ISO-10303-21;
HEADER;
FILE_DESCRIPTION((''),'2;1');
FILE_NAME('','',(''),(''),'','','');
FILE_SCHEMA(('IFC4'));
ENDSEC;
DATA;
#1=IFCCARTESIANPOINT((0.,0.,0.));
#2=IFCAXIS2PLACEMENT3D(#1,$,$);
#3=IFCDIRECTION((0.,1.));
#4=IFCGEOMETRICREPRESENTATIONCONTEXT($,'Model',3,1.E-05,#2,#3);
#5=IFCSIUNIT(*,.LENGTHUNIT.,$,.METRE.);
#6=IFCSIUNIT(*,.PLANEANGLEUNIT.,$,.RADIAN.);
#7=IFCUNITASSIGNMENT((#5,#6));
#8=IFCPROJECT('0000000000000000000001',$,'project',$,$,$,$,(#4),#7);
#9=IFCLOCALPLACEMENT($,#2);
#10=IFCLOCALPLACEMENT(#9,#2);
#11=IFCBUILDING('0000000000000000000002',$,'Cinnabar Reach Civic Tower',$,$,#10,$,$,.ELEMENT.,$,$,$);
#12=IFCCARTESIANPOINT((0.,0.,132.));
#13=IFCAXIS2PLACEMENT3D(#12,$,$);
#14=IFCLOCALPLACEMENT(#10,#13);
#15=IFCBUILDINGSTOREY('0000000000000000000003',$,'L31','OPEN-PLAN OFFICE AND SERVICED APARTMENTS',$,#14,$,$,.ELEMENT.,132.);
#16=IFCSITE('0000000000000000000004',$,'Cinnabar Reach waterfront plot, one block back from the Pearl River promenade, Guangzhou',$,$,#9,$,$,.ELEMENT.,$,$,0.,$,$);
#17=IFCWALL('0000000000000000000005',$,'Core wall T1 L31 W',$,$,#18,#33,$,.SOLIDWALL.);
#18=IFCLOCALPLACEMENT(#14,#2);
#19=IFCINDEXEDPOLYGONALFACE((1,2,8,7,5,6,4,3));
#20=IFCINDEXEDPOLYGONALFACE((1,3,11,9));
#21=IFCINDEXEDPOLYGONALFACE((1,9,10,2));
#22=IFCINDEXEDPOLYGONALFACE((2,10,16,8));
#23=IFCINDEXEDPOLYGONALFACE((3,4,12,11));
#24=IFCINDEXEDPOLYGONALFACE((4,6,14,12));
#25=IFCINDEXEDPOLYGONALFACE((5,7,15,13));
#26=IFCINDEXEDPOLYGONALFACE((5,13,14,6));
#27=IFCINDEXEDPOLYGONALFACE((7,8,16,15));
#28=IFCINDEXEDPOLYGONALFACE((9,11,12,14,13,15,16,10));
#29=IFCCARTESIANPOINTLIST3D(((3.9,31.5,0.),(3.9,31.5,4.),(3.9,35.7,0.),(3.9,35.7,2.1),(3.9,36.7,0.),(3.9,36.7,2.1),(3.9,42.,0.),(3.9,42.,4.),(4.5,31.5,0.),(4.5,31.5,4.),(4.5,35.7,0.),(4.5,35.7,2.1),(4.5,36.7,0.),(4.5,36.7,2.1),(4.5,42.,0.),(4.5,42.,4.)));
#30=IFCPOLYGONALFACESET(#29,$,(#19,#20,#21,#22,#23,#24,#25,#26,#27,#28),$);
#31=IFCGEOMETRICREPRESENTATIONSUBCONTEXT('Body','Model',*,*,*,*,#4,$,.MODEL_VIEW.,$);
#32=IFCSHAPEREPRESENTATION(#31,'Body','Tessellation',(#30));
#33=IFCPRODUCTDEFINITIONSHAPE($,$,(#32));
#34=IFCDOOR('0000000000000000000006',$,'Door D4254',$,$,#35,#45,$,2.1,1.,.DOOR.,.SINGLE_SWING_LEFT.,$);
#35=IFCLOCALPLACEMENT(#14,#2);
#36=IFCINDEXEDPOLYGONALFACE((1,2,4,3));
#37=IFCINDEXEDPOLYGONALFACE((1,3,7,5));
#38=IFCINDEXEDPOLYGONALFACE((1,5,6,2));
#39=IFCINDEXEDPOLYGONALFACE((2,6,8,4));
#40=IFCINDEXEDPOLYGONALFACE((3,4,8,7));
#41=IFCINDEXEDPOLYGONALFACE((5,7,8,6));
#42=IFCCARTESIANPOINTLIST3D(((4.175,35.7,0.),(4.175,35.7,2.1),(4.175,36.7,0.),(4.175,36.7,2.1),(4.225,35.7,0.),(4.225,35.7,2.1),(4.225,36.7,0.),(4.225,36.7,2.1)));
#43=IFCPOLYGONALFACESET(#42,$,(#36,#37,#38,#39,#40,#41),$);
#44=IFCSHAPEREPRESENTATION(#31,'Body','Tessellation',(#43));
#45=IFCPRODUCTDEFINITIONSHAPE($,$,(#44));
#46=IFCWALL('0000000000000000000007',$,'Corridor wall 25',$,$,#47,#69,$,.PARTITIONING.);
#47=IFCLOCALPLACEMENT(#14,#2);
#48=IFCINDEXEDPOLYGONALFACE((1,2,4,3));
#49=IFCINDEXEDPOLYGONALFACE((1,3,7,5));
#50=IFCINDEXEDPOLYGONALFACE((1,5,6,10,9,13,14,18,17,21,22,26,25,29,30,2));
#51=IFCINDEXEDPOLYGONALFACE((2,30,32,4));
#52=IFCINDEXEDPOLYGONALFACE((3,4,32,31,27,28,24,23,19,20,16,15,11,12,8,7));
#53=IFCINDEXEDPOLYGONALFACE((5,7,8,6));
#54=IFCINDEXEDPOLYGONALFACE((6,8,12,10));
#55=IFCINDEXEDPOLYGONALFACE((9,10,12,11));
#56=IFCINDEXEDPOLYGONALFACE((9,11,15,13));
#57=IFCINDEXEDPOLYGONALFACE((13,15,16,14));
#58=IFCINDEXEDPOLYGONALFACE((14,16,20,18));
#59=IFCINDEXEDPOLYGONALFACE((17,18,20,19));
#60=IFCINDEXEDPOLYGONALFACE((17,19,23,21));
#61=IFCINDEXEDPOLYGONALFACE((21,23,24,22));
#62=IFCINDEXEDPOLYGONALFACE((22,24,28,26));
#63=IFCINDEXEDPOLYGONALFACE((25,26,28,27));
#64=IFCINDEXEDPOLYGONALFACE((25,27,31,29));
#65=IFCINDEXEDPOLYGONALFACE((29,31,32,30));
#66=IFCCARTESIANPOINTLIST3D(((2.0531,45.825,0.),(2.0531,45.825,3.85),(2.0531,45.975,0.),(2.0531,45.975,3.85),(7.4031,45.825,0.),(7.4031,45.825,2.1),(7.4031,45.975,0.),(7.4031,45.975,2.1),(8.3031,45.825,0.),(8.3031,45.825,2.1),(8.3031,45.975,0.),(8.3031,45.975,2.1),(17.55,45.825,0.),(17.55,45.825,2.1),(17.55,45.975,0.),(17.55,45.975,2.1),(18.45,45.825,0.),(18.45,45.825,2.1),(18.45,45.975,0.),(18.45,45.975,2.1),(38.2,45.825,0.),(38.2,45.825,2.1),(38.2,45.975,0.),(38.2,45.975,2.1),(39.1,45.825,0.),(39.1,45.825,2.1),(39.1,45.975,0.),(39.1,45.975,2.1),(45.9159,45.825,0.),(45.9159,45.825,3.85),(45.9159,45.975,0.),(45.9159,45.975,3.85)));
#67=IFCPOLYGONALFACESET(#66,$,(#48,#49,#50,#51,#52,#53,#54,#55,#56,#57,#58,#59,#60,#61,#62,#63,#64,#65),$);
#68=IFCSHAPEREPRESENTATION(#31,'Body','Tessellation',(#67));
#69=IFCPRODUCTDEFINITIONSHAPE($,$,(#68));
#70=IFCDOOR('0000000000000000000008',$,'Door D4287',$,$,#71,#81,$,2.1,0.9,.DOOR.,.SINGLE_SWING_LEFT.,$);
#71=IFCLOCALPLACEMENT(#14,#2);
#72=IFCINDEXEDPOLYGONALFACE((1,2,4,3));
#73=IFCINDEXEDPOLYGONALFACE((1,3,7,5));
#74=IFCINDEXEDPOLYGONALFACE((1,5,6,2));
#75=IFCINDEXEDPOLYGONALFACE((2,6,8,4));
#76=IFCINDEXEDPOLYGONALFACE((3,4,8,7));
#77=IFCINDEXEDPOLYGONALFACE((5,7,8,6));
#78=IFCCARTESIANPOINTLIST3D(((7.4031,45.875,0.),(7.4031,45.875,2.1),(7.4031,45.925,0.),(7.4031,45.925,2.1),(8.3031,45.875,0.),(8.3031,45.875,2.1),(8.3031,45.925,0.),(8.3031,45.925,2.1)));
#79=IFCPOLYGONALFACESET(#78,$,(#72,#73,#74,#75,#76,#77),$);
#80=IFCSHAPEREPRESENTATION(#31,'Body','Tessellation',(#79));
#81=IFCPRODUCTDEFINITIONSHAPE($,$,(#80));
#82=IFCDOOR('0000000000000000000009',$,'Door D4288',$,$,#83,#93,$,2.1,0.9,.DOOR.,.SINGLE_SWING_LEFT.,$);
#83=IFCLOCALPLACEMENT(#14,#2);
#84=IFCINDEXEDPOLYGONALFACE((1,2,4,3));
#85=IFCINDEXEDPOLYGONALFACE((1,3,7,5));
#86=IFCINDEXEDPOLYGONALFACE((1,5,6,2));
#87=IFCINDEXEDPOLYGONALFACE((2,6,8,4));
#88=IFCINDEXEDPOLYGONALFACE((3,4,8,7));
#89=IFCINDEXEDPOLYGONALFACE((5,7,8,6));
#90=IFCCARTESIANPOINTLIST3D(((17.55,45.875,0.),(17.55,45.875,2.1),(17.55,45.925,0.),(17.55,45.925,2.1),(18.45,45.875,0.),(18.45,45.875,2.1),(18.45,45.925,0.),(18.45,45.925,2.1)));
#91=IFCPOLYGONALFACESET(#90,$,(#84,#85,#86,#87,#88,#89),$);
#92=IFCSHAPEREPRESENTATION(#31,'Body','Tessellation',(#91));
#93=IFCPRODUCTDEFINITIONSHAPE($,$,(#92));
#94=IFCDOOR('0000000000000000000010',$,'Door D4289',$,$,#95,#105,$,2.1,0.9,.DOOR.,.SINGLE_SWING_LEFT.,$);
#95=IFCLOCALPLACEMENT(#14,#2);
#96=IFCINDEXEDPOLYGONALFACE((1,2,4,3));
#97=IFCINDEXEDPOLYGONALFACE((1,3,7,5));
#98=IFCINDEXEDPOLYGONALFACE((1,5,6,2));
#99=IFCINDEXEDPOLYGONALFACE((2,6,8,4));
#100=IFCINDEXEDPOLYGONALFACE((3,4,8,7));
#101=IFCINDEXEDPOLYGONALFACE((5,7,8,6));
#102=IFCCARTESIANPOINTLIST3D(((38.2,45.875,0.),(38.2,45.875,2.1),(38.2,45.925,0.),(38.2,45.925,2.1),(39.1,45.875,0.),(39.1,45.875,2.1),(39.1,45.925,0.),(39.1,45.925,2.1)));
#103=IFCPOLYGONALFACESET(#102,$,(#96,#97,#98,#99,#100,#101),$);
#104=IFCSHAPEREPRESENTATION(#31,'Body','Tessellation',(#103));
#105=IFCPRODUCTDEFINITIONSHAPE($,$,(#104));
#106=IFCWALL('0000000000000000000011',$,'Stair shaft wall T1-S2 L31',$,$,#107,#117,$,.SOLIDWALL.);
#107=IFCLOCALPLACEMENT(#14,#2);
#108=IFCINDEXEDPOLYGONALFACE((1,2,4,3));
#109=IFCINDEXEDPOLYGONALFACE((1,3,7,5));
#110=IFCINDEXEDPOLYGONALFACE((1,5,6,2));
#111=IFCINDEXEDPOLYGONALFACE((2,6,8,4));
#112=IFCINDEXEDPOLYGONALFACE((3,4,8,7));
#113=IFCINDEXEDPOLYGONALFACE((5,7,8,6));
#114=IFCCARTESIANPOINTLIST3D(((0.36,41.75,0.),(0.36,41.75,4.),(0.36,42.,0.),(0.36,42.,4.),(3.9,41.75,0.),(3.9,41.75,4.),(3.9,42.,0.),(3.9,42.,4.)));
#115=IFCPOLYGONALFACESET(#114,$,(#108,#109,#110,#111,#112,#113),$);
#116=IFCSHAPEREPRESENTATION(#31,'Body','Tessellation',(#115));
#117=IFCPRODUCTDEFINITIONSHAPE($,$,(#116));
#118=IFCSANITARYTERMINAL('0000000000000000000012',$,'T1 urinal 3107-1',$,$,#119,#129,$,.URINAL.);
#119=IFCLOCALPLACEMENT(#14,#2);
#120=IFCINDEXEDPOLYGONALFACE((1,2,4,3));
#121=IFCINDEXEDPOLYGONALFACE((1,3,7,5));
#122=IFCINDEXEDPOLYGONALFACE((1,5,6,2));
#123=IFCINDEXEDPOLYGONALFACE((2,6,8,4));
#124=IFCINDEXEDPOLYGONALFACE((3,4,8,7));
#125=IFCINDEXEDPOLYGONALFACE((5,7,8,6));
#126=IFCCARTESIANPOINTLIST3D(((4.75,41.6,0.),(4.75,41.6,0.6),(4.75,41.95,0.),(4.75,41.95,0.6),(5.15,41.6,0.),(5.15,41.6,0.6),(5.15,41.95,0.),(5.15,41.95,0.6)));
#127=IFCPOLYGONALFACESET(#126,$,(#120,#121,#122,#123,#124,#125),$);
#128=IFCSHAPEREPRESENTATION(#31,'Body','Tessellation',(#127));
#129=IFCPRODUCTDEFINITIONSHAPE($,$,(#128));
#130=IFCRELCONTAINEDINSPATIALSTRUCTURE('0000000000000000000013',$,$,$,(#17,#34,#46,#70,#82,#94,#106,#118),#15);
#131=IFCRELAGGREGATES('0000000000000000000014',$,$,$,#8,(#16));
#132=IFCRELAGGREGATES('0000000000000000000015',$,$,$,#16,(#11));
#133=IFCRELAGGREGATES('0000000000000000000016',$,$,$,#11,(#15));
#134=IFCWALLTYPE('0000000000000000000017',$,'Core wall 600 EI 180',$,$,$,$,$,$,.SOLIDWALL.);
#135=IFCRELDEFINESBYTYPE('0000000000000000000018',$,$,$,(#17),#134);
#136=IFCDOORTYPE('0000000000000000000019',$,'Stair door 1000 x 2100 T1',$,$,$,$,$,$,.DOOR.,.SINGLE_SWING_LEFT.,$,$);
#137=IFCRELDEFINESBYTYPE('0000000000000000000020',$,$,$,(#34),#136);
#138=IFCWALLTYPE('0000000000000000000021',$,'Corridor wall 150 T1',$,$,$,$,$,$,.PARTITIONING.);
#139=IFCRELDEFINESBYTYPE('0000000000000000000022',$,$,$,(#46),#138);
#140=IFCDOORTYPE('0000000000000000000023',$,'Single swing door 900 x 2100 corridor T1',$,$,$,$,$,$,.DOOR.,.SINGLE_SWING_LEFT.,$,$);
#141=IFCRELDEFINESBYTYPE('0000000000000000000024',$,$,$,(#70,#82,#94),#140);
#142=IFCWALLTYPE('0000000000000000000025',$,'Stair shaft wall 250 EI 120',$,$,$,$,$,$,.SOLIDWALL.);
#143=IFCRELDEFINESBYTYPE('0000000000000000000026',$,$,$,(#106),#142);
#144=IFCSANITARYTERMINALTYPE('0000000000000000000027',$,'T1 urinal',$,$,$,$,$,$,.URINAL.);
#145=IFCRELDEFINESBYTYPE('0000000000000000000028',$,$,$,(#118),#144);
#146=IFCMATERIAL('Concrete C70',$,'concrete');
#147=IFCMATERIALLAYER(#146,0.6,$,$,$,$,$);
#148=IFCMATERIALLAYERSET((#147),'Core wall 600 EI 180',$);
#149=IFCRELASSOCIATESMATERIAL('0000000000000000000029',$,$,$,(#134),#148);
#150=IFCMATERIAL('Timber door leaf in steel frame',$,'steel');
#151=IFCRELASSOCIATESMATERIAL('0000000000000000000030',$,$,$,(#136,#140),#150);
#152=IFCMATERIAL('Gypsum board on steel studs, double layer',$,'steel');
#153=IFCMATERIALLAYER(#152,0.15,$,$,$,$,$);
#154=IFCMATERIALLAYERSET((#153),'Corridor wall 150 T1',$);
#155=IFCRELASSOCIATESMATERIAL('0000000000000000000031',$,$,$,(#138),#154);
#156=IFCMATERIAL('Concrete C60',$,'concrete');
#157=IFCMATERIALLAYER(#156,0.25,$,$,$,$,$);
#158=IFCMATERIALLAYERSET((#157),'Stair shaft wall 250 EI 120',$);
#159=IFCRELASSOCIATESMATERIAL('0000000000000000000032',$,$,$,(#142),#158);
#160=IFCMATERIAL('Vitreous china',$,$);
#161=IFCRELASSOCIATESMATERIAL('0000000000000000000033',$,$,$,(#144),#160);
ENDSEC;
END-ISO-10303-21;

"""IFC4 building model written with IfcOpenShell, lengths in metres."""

from ifc_helpers import new_model, si_unit, direction, frame, frame_2d, origin, origin_2d, place, context, subcontext, project, spatial, rectangle, extrude, material, layer, layer_set, type_object, element, fill, save


model = new_model("IFC4")

# Units and contexts
model_context = context("Model", 3, precision=1e-05, world=origin(), true_north=direction((0.0, 1.0)))
body_context = subcontext(model_context, "Body", "Model", "MODEL_VIEW")
ifc_project = project(units=[si_unit("LENGTHUNIT", "METRE"), si_unit("PLANEANGLEUNIT", "RADIAN")], contexts=[model_context])

# Site, building, storey
site_placement = place(None, origin())
site = spatial("IfcSite", under=ifc_project, at=site_placement, Name="Cinnabar Reach waterfront plot, one block back from the Pearl River promenade, Guangzhou", CompositionType="ELEMENT", RefElevation=0.0)
building_placement = place(site_placement, origin())
building = spatial("IfcBuilding", under=site, at=building_placement, Name="Cinnabar Reach Civic Tower", CompositionType="ELEMENT")
storey_placement = place(building_placement, frame((0.0, 0.0, 132.0)))
storey = spatial("IfcBuildingStorey", under=building, at=storey_placement, Name="L31", Description="OPEN-PLAN OFFICE AND SERVICED APARTMENTS", CompositionType="ELEMENT", Elevation=132.0)

# Wall, opening, door
ifc_material_1 = material(Name="Concrete C70", Category="concrete")
ifc_layer_1 = layer(ifc_material_1, 0.6)
ifc_layer_set_1 = layer_set([ifc_layer_1], Name="Core wall 600 EI 180")
wall_type_1 = type_object("IfcWallType", Name="Core wall 600 EI 180", PredefinedType="SOLIDWALL", material=ifc_layer_set_1)
wall_1_placement = place(storey_placement, frame((4.2, 42.0, 0.0), z_axis=(0.0, 0.0, 1.0), x_axis=(0.0, -1.0, 0.0)))
wall_1 = element("IfcWall", 1, at=wall_1_placement, inside=storey, type_object=wall_type_1, Name="Core wall T1 L31 W", PredefinedType="SOLIDWALL", context=body_context, shape_type="SweptSolid", body=[
    extrude(rectangle(XDim=10.5, YDim=0.6, at=frame_2d((5.25, 0.0))), origin(), (0.0, 0.0, 1.0), 4.0),
])
opening_1_placement = place(wall_1_placement, frame((5.3, 0.0, 0.0)))
opening_1 = element("IfcOpeningElement", 2, at=opening_1_placement, cuts=wall_1, PredefinedType="OPENING", context=body_context, shape_type="SweptSolid", body=[
    extrude(rectangle(XDim=1.0, YDim=2.1, at=frame_2d((0.5, 1.05))), frame((0.0, 0.31, 0.0), z_axis=(0.0, -1.0, 0.0), x_axis=(1.0, 0.0, 0.0)), (0.0, 0.0, 1.0), 0.62),
])
ifc_material_2 = material(Name="Timber door leaf in steel frame", Category="steel")
door_type_1 = type_object("IfcDoorType", Name="Stair door 1000 x 2100 T1", OperationType="SINGLE_SWING_LEFT", PredefinedType="DOOR", material=ifc_material_2)
door_1_placement = place(opening_1_placement, frame((1.0, 0.0, 0.0), z_axis=(0.0, 0.0, 1.0), x_axis=(-1.0, 0.0, 0.0)))
door_1 = element("IfcDoor", 3, at=door_1_placement, inside=storey, type_object=door_type_1, Name="Door D4254", OperationType="SINGLE_SWING_LEFT", OverallHeight=2.1, OverallWidth=1.0, PredefinedType="DOOR", context=body_context, shape_type="SweptSolid", body=[
    extrude(rectangle(XDim=1.0, YDim=2.1, at=frame_2d((0.5, 1.05))), frame((0.0, 0.025, 0.0), z_axis=(0.0, -1.0, 0.0), x_axis=(1.0, 0.0, 0.0)), (0.0, 0.0, 1.0), 0.05),
])
fill(opening_1, door_1)

# Wall, openings, doors
ifc_material_3 = material(Name="Gypsum board on steel studs, double layer", Category="steel")
ifc_layer_2 = layer(ifc_material_3, 0.15)
ifc_layer_set_2 = layer_set([ifc_layer_2], Name="Corridor wall 150 T1")
wall_type_2 = type_object("IfcWallType", Name="Corridor wall 150 T1", PredefinedType="PARTITIONING", material=ifc_layer_set_2)
wall_2_placement = place(storey_placement, frame((2.0531, 45.9, 0.0), z_axis=(0.0, 0.0, 1.0), x_axis=(1.0, 0.0, 0.0)))
wall_2 = element("IfcWall", 4, at=wall_2_placement, inside=storey, type_object=wall_type_2, Name="Corridor wall 25", PredefinedType="PARTITIONING", context=body_context, shape_type="SweptSolid", body=[
    extrude(rectangle(XDim=43.8628, YDim=0.15, at=frame_2d((21.9314, 0.0))), origin(), (0.0, 0.0, 1.0), 3.85),
])
opening_2_placement = place(wall_2_placement, frame((5.35, 0.0, 0.0)))
opening_2 = element("IfcOpeningElement", 5, at=opening_2_placement, cuts=wall_2, PredefinedType="OPENING", context=body_context, shape_type="SweptSolid", body=[
    extrude(rectangle(XDim=0.9, YDim=2.1, at=frame_2d((0.45, 1.05))), frame((0.0, 0.085, 0.0), z_axis=(0.0, -1.0, 0.0), x_axis=(1.0, 0.0, 0.0)), (0.0, 0.0, 1.0), 0.17),
])
opening_3_placement = place(wall_2_placement, frame((15.4969, 0.0, 0.0)))
opening_3 = element("IfcOpeningElement", 6, at=opening_3_placement, cuts=wall_2, PredefinedType="OPENING", context=body_context, shape_type="SweptSolid", body=[
    extrude(rectangle(XDim=0.9, YDim=2.1, at=frame_2d((0.45, 1.05))), frame((0.0, 0.085, 0.0), z_axis=(0.0, -1.0, 0.0), x_axis=(1.0, 0.0, 0.0)), (0.0, 0.0, 1.0), 0.17),
])
opening_4_placement = place(wall_2_placement, frame((36.1469, 0.0, 0.0)))
opening_4 = element("IfcOpeningElement", 7, at=opening_4_placement, cuts=wall_2, PredefinedType="OPENING", context=body_context, shape_type="SweptSolid", body=[
    extrude(rectangle(XDim=0.9, YDim=2.1, at=frame_2d((0.45, 1.05))), frame((0.0, 0.085, 0.0), z_axis=(0.0, -1.0, 0.0), x_axis=(1.0, 0.0, 0.0)), (0.0, 0.0, 1.0), 0.17),
])
door_type_2 = type_object("IfcDoorType", Name="Single swing door 900 x 2100 corridor T1", OperationType="SINGLE_SWING_LEFT", PredefinedType="DOOR", material=ifc_material_2)
door_2_placement = place(opening_2_placement, origin())
door_2 = element("IfcDoor", 8, at=door_2_placement, inside=storey, type_object=door_type_2, Name="Door D4287", OperationType="SINGLE_SWING_LEFT", OverallHeight=2.1, OverallWidth=0.9, PredefinedType="DOOR", context=body_context, shape_type="SweptSolid", body=[
    extrude(rectangle(XDim=0.9, YDim=2.1, at=frame_2d((0.45, 1.05))), frame((0.0, 0.025, 0.0), z_axis=(0.0, -1.0, 0.0), x_axis=(1.0, 0.0, 0.0)), (0.0, 0.0, 1.0), 0.05),
])
fill(opening_2, door_2)
door_3_placement = place(opening_3_placement, origin())
door_3 = element("IfcDoor", 9, at=door_3_placement, inside=storey, type_object=door_type_2, Name="Door D4288", OperationType="SINGLE_SWING_LEFT", OverallHeight=2.1, OverallWidth=0.9, PredefinedType="DOOR", context=body_context, shape_type="SweptSolid", body=[
    extrude(rectangle(XDim=0.9, YDim=2.1, at=frame_2d((0.45, 1.05))), frame((0.0, 0.025, 0.0), z_axis=(0.0, -1.0, 0.0), x_axis=(1.0, 0.0, 0.0)), (0.0, 0.0, 1.0), 0.05),
])
fill(opening_3, door_3)
door_4_placement = place(opening_4_placement, origin())
door_4 = element("IfcDoor", 10, at=door_4_placement, inside=storey, type_object=door_type_2, Name="Door D4289", OperationType="SINGLE_SWING_LEFT", OverallHeight=2.1, OverallWidth=0.9, PredefinedType="DOOR", context=body_context, shape_type="SweptSolid", body=[
    extrude(rectangle(XDim=0.9, YDim=2.1, at=frame_2d((0.45, 1.05))), frame((0.0, 0.025, 0.0), z_axis=(0.0, -1.0, 0.0), x_axis=(1.0, 0.0, 0.0)), (0.0, 0.0, 1.0), 0.05),
])
fill(opening_4, door_4)

# Wall
ifc_material_4 = material(Name="Concrete C60", Category="concrete")
ifc_layer_3 = layer(ifc_material_4, 0.25)
ifc_layer_set_3 = layer_set([ifc_layer_3], Name="Stair shaft wall 250 EI 120")
wall_type_3 = type_object("IfcWallType", Name="Stair shaft wall 250 EI 120", PredefinedType="SOLIDWALL", material=ifc_layer_set_3)
wall_3_placement = place(storey_placement, frame((3.9, 41.875, 0.0), z_axis=(0.0, 0.0, 1.0), x_axis=(-1.0, 0.0, 0.0)))
element("IfcWall", 11, at=wall_3_placement, inside=storey, type_object=wall_type_3, Name="Stair shaft wall T1-S2 L31", PredefinedType="SOLIDWALL", context=body_context, shape_type="SweptSolid", body=[
    extrude(rectangle(XDim=3.54, YDim=0.25, at=frame_2d((1.77, 0.0))), origin(), (0.0, 0.0, 1.0), 4.0),
])

# Sanitary terminal
ifc_material_5 = material(Name="Vitreous china")
sanitary_terminal_type = type_object("IfcSanitaryTerminalType", Name="T1 urinal", PredefinedType="URINAL", material=ifc_material_5)
sanitary_terminal_placement = place(storey_placement, frame((4.95, 41.775, 0.0), z_axis=(0.0, 0.0, 1.0), x_axis=(1.0, 0.0, 0.0)))
element("IfcSanitaryTerminal", 12, at=sanitary_terminal_placement, inside=storey, type_object=sanitary_terminal_type, Name="T1 urinal 3107-1", PredefinedType="URINAL", context=body_context, shape_type="SweptSolid", body=[
    extrude(rectangle(XDim=0.4, YDim=0.35, at=origin_2d()), origin(), (0.0, 0.0, 1.0), 0.6),
])

save(model, "model.ifc")
